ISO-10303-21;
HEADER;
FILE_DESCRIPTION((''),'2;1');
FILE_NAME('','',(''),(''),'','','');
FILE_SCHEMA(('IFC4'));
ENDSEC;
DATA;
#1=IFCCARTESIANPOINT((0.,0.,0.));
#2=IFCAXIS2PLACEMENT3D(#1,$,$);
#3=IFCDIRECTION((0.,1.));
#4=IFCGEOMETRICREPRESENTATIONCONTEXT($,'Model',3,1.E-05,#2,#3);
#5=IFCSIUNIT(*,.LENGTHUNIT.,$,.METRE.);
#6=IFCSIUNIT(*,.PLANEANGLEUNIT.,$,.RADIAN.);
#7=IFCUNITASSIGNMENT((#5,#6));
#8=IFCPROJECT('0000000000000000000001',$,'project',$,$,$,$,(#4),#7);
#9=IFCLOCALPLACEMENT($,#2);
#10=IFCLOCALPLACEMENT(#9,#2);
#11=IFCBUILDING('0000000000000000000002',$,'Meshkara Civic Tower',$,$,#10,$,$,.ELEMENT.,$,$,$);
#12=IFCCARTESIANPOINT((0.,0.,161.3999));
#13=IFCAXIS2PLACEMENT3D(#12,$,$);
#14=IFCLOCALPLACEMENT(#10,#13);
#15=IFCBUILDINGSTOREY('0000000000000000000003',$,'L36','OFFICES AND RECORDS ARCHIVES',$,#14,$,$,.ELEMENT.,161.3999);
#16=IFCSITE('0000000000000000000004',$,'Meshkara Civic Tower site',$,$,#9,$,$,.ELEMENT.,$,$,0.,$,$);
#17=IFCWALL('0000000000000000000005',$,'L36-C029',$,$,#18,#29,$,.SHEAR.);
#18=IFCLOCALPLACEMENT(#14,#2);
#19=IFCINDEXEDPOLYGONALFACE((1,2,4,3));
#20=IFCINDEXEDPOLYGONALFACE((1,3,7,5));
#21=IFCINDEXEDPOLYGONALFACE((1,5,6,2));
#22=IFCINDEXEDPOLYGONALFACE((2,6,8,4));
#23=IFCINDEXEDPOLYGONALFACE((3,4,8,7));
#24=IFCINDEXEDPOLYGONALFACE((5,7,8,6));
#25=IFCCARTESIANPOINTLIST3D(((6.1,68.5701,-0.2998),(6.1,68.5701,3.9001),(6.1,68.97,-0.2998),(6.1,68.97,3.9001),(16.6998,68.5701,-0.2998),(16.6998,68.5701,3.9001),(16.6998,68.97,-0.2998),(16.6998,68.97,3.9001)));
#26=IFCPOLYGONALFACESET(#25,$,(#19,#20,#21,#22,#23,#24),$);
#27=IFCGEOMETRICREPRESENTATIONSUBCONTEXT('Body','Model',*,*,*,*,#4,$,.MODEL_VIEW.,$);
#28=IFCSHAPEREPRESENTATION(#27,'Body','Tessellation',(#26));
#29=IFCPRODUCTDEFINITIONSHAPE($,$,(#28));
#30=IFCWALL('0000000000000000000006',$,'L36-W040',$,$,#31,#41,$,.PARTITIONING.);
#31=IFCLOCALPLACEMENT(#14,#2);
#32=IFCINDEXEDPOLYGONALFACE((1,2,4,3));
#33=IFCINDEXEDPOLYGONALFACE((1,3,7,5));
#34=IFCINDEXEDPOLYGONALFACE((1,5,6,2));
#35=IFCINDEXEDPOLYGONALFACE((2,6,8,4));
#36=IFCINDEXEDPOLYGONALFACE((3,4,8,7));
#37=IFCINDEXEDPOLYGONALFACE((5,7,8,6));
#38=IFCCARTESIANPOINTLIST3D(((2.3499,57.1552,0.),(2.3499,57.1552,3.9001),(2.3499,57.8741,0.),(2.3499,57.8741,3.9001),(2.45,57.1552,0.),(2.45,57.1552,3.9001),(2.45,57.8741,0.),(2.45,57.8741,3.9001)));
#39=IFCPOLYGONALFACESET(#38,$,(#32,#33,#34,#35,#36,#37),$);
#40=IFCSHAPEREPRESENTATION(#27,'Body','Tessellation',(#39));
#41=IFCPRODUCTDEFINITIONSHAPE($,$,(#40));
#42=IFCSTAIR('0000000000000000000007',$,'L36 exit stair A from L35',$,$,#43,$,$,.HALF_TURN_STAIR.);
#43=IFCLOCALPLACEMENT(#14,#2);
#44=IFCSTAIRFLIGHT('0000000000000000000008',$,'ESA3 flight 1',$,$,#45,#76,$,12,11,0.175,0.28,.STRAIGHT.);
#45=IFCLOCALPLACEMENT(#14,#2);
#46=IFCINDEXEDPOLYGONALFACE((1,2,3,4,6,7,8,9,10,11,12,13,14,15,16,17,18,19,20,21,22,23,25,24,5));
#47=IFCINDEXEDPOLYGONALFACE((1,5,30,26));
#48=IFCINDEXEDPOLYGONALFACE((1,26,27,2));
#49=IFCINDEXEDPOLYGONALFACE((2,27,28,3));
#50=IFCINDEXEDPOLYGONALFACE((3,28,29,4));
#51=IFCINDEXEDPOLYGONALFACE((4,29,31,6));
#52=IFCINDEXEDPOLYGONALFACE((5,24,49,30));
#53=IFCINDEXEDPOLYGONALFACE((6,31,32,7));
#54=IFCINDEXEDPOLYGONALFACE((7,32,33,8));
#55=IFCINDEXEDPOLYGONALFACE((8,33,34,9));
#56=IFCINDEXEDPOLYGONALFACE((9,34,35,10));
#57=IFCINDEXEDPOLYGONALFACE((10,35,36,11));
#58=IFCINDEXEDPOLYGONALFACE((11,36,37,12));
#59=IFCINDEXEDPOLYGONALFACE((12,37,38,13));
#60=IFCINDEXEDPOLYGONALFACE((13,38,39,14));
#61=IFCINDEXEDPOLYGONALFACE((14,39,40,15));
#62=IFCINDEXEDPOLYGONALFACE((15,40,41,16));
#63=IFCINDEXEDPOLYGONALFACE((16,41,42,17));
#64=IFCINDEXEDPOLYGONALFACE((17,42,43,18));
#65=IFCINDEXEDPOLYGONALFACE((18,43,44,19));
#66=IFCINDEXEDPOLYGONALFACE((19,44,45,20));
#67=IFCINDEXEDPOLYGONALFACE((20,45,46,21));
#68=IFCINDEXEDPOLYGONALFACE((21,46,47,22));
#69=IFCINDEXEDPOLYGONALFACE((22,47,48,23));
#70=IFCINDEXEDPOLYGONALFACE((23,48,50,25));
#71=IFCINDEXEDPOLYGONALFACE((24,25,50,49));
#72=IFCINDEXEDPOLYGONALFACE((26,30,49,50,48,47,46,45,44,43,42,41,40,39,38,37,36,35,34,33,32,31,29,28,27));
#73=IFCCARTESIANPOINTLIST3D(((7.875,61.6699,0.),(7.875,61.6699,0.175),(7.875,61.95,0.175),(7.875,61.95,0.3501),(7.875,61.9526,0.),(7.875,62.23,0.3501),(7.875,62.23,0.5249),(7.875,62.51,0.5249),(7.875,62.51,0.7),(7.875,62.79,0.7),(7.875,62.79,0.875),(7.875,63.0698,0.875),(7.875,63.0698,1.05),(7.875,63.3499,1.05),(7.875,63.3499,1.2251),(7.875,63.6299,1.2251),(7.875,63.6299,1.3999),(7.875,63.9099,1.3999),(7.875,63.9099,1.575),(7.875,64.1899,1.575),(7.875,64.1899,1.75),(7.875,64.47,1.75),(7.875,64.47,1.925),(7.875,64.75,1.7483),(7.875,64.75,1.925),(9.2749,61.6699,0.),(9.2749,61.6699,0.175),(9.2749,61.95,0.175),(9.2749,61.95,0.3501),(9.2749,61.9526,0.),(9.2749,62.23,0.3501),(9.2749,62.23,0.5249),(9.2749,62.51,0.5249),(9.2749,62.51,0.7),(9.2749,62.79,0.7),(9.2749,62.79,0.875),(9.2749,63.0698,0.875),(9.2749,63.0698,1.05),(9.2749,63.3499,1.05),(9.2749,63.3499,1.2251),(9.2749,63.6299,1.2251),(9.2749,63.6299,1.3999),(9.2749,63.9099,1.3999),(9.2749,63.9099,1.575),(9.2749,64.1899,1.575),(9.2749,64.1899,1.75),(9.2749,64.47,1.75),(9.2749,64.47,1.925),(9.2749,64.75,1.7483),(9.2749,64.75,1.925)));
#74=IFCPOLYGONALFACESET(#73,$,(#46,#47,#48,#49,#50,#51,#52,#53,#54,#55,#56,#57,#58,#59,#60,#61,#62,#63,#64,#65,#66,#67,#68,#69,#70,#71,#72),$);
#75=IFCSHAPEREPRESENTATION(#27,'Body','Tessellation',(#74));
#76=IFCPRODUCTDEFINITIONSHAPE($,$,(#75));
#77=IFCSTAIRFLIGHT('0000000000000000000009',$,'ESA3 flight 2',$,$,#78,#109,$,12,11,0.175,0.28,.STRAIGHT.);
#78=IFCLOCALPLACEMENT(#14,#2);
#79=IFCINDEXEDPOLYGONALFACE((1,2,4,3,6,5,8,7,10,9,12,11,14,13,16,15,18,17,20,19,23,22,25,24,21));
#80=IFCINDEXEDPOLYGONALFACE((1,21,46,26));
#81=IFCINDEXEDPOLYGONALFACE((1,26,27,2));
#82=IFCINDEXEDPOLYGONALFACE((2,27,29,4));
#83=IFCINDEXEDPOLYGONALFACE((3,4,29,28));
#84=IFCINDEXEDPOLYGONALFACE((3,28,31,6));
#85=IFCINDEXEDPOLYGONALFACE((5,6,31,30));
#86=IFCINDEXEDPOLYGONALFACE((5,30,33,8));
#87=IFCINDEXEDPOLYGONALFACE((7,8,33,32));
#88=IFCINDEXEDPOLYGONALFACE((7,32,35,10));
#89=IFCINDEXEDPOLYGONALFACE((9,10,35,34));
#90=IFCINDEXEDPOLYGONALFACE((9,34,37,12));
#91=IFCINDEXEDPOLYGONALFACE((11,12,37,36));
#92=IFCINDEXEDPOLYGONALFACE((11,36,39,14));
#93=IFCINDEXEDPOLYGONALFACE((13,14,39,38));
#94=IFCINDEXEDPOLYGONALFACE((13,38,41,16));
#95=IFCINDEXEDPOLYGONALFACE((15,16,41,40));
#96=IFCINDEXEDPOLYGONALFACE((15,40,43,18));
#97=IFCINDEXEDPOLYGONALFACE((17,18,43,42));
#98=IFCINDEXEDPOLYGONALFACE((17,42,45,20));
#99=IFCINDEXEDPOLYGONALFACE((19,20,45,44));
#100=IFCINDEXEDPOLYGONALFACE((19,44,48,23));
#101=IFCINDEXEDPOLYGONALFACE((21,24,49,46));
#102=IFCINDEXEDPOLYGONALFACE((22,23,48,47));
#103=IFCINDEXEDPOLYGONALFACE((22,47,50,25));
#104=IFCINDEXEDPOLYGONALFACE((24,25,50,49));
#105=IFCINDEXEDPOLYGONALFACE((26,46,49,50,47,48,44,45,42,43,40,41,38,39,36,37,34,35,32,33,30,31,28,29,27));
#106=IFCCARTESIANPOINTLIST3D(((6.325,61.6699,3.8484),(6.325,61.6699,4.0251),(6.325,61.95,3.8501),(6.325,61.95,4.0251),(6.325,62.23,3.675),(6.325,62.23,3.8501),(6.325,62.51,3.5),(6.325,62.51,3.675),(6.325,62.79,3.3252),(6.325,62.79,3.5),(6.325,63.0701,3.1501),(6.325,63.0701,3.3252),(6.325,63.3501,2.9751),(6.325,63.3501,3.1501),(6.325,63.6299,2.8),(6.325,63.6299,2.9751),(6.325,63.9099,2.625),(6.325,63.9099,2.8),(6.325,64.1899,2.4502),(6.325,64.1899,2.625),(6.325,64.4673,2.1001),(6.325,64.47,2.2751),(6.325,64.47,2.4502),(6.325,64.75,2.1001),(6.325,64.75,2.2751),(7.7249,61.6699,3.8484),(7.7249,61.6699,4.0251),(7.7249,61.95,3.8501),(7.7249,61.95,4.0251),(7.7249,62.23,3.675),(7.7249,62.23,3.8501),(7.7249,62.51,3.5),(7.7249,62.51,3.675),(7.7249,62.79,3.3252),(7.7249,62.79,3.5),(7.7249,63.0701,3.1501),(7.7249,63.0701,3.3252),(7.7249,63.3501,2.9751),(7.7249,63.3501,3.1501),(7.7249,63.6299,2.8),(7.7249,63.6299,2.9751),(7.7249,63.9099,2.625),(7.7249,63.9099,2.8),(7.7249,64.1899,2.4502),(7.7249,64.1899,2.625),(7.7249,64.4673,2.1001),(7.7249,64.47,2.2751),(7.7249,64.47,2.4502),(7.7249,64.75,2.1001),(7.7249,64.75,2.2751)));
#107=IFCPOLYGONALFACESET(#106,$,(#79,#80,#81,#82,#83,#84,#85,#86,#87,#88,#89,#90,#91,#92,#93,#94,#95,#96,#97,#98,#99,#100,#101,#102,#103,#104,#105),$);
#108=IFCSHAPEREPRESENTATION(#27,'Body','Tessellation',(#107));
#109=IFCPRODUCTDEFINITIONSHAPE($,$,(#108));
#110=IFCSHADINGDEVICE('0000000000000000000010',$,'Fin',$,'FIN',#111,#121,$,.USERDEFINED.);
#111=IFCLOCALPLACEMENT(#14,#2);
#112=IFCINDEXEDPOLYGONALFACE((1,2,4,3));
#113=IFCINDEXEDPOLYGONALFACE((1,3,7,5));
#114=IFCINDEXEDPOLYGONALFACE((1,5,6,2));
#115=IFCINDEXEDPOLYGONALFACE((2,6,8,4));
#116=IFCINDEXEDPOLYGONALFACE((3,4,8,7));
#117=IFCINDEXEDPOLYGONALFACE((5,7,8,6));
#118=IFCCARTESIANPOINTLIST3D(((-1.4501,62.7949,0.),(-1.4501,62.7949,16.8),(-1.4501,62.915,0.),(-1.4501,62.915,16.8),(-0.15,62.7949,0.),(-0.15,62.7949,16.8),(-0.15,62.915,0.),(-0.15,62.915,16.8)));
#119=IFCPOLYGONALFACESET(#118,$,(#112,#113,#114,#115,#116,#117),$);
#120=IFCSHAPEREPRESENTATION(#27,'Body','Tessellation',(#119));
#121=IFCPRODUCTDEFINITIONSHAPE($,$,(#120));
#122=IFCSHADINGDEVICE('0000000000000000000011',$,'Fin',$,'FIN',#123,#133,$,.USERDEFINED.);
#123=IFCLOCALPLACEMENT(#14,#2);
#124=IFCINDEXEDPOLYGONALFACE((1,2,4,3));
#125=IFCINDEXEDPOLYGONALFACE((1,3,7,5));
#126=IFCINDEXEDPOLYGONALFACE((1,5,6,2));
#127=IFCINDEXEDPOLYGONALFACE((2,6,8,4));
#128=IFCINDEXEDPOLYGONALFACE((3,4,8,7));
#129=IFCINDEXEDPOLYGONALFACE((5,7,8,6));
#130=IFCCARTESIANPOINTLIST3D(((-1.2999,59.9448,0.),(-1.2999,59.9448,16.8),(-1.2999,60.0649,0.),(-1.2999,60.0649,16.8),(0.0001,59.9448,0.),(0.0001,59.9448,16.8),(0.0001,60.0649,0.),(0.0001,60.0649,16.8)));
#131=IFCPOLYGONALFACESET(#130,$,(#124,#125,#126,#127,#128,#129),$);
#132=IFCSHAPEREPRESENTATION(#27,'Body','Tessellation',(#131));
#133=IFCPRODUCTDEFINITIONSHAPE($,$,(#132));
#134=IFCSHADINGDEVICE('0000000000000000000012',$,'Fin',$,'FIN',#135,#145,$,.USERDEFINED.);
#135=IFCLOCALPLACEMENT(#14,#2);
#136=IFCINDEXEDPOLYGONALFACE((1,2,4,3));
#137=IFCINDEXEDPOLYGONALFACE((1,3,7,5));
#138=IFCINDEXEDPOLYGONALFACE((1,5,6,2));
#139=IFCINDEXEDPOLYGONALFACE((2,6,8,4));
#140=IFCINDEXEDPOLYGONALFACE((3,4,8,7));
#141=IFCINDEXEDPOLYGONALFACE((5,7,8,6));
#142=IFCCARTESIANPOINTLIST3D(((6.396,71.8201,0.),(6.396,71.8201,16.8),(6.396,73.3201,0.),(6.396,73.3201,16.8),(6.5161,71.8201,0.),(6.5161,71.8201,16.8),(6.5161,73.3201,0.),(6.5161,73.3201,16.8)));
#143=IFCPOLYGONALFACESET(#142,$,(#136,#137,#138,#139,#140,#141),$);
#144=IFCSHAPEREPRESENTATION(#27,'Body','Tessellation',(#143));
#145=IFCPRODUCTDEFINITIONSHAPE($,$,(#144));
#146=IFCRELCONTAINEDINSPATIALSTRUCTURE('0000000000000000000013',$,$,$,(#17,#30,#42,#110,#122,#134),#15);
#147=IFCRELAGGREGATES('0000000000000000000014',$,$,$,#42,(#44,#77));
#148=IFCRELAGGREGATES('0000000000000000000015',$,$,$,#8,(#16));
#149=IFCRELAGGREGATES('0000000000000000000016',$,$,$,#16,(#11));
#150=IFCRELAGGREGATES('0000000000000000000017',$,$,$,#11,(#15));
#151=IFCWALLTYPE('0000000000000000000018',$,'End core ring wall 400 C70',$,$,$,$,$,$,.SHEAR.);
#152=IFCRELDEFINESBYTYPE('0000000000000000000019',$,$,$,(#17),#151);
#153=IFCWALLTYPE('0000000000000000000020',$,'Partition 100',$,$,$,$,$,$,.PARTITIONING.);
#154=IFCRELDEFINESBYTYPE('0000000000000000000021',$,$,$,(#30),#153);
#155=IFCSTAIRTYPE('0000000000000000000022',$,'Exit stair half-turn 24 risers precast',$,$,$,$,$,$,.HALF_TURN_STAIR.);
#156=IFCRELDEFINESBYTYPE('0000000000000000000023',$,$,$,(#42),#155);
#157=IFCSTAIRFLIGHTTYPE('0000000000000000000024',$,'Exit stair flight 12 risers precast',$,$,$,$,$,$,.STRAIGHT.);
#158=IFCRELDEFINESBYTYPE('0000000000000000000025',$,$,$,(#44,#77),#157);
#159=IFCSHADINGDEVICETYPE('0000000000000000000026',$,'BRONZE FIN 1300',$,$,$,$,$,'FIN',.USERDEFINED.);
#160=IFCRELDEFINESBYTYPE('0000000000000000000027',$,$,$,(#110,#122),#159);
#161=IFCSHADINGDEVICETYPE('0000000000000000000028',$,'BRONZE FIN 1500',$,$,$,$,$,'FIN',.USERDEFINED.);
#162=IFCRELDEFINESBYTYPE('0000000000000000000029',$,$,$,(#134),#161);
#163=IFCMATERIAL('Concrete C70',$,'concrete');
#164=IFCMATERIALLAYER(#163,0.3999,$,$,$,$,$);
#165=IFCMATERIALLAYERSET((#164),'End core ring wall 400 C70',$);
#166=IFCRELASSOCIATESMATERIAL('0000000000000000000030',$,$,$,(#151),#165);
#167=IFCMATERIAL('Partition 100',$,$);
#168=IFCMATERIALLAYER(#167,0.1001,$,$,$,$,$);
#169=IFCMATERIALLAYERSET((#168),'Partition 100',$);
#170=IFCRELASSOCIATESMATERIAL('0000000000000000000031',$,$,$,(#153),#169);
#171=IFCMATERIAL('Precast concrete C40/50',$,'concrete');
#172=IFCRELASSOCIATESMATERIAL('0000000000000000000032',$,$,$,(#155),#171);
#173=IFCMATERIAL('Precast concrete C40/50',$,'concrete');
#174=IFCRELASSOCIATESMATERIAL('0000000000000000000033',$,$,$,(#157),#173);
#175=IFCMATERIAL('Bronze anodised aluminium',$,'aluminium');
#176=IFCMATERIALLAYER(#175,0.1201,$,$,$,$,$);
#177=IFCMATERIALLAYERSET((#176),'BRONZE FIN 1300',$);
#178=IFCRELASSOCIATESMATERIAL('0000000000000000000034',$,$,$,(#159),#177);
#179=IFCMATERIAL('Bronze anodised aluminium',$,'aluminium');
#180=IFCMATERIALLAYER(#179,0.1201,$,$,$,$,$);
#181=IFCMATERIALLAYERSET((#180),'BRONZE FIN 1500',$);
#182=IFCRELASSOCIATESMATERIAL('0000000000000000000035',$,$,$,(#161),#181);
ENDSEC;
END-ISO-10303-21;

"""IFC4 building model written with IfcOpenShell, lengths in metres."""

from ifc_helpers import new_model, si_unit, direction, frame, frame_2d, origin, origin_2d, place, context, subcontext, project, spatial, polyline, rectangle, outline, extrude, material, layer, layer_set, type_object, element, aggregate, save


model = new_model("IFC4")

# Units and contexts
model_context = context("Model", 3, precision=1e-05, world=origin(), true_north=direction((0.0, 1.0)))
body_context = subcontext(model_context, "Body", "Model", "MODEL_VIEW")
ifc_project = project(units=[si_unit("LENGTHUNIT", "METRE"), si_unit("PLANEANGLEUNIT", "RADIAN")], contexts=[model_context])

# Site, building, storey
site_placement = place(None, origin())
site = spatial("IfcSite", under=ifc_project, at=site_placement, Name="Meshkara Civic Tower site", CompositionType="ELEMENT", RefElevation=0.0)
building_placement = place(site_placement, origin())
building = spatial("IfcBuilding", under=site, at=building_placement, Name="Meshkara Civic Tower", CompositionType="ELEMENT")
storey_placement = place(building_placement, frame((0.0, 0.0, 161.3999)))
storey = spatial("IfcBuildingStorey", under=building, at=storey_placement, Name="L36", Description="OFFICES AND RECORDS ARCHIVES", CompositionType="ELEMENT", Elevation=161.3999)

# Shared definitions
ifc_material_1 = material(Name="Concrete C70", Category="concrete")
ifc_layer_1 = layer(ifc_material_1, 0.3999)
ifc_layer_set_1 = layer_set([ifc_layer_1], Name="End core ring wall 400 C70")
wall_type_1 = type_object("IfcWallType", Name="End core ring wall 400 C70", PredefinedType="SHEAR", material=ifc_layer_set_1)

# Walls
wall_1_placement = place(storey_placement, frame((6.1001, 68.77, -0.2998), z_axis=(0.0, 0.0, 1.0), x_axis=(1.0, 0.0, 0.0)))
element("IfcWall", 1, at=wall_1_placement, inside=storey, type_object=wall_type_1, Name="L36-C029", PredefinedType="SHEAR", context=body_context, shape_type="SweptSolid", body=[
    extrude(rectangle(XDim=10.5999, YDim=0.3999, at=frame_2d((5.2998, 0.0))), origin(), (0.0, 0.0, 1.0), 4.2),
])
ifc_material_2 = material(Name="Partition 100")
ifc_layer_2 = layer(ifc_material_2, 0.1001)
ifc_layer_set_2 = layer_set([ifc_layer_2], Name="Partition 100")
wall_type_2 = type_object("IfcWallType", Name="Partition 100", PredefinedType="PARTITIONING", material=ifc_layer_set_2)
wall_2_placement = place(storey_placement, frame((2.3999, 57.874, 0.0), z_axis=(0.0, 0.0, 1.0), x_axis=(0.0, -1.0, 0.0)))
element("IfcWall", 2, at=wall_2_placement, inside=storey, type_object=wall_type_2, Name="L36-W040", PredefinedType="PARTITIONING", context=body_context, shape_type="SweptSolid", body=[
    extrude(rectangle(XDim=0.719, YDim=0.1001, at=frame_2d((0.3594, 0.0))), origin(), (0.0, 0.0, 1.0), 3.9001),
])

# Stair, stair flights
ifc_material_3 = material(Name="Precast concrete C40/50", Category="concrete")
stair_type = type_object("IfcStairType", Name="Exit stair half-turn 24 risers precast", PredefinedType="HALF_TURN_STAIR", material=ifc_material_3)
stair_placement = place(storey_placement, origin())
stair = element("IfcStair", 3, at=stair_placement, inside=storey, type_object=stair_type, Name="L36 exit stair A from L35", PredefinedType="HALF_TURN_STAIR")
ifc_material_4 = material(Name="Precast concrete C40/50", Category="concrete")
stair_flight_type = type_object("IfcStairFlightType", Name="Exit stair flight 12 risers precast", PredefinedType="STRAIGHT", material=ifc_material_4)
stair_flight_1_placement = place(storey_placement, frame((8.575, 61.6699, 0.0), z_axis=(0.0, 0.0, 1.0), x_axis=(0.0, 1.0, 0.0)))
stair_flight_1 = element("IfcStairFlight", 4, at=stair_flight_1_placement, type_object=stair_flight_type, Name="ESA3 flight 1", NumberOfRisers=12, NumberOfTreads=11, PredefinedType="STRAIGHT", RiserHeight=0.175, TreadLength=0.28, context=body_context, shape_type="SweptSolid", body=[
    extrude(outline(polyline([(0.0, 0.0), (0.0, 0.175), (0.28, 0.175), (0.28, 0.3501), (0.5601, 0.3501), (0.5601, 0.5249), (0.8401, 0.5249), (0.8401, 0.7), (1.1201, 0.7), (1.1201, 0.875), (1.3999, 0.875), (1.3999, 1.05), (1.6799, 1.05), (1.6799, 1.2251), (1.96, 1.2251), (1.96, 1.3999), (2.24, 1.3999), (2.24, 1.575), (2.52, 1.575), (2.52, 1.75), (2.8, 1.75), (2.8, 1.925), (3.0801, 1.925), (3.0801, 2.1001), (3.0801, 1.7483), (0.2827, 0.0), (0.0, 0.0)])), frame((0.0, 0.7, 0.0), z_axis=(0.0, -1.0, 0.0), x_axis=(1.0, 0.0, 0.0)), (0.0, 0.0, 1.0), 1.3999),
])
stair_flight_2_placement = place(storey_placement, frame((7.0249, 64.75, 2.1001), z_axis=(0.0, 0.0, 1.0), x_axis=(0.0, -1.0, 0.0)))
stair_flight_2 = element("IfcStairFlight", 5, at=stair_flight_2_placement, type_object=stair_flight_type, Name="ESA3 flight 2", NumberOfRisers=12, NumberOfTreads=11, PredefinedType="STRAIGHT", RiserHeight=0.175, TreadLength=0.28, context=body_context, shape_type="SweptSolid", body=[
    extrude(outline(polyline([(0.0, 0.0), (0.0, 0.175), (0.28, 0.175), (0.28, 0.3501), (0.5601, 0.3501), (0.5601, 0.5249), (0.8401, 0.5249), (0.8401, 0.7), (1.1201, 0.7), (1.1201, 0.875), (1.3999, 0.875), (1.3999, 1.05), (1.6799, 1.05), (1.6799, 1.2251), (1.96, 1.2251), (1.96, 1.3999), (2.24, 1.3999), (2.24, 1.575), (2.52, 1.575), (2.52, 1.75), (2.8, 1.75), (2.8, 1.925), (3.0801, 1.925), (3.0801, 2.1001), (3.0801, 1.7483), (0.2827, 0.0), (0.0, 0.0)])), frame((0.0, 0.7, 0.0), z_axis=(0.0, -1.0, 0.0), x_axis=(1.0, 0.0, 0.0)), (0.0, 0.0, 1.0), 1.3999),
])
aggregate(stair, [stair_flight_1, stair_flight_2])

# Shading devices
ifc_material_5 = material(Name="Bronze anodised aluminium", Category="aluminium")
ifc_layer_3 = layer(ifc_material_5, 0.1201)
ifc_layer_set_3 = layer_set([ifc_layer_3], Name="BRONZE FIN 1300")
shading_device_type_1 = type_object("IfcShadingDeviceType", Name="BRONZE FIN 1300", ElementType="FIN", PredefinedType="USERDEFINED", material=ifc_layer_set_3)
for number, where, z_axis, x_axis, name in (
    (6, (-0.8, 62.855, 0.0), (0.0, 0.0, 1.0), (0.0, -1.0, 0.0), "Fin"),
    (7, (-0.6499, 60.0049, 0.0), (0.0, 0.0, 1.0), (0.0, -1.0, 0.0), "Fin"),
):
    element("IfcShadingDevice", number, at=place(storey_placement, frame(where, z_axis=z_axis, x_axis=x_axis)), inside=storey, type_object=shading_device_type_1, Name=name, ObjectType="FIN", PredefinedType="USERDEFINED", context=body_context, shape_type="SweptSolid", body=[
        extrude(rectangle(XDim=0.1201, YDim=1.3, at=origin_2d()), origin(), (0.0, 0.0, 1.0), 16.8),
    ])
ifc_material_6 = material(Name="Bronze anodised aluminium", Category="aluminium")
ifc_layer_4 = layer(ifc_material_6, 0.1201)
ifc_layer_set_4 = layer_set([ifc_layer_4], Name="BRONZE FIN 1500")
shading_device_type_2 = type_object("IfcShadingDeviceType", Name="BRONZE FIN 1500", ElementType="FIN", PredefinedType="USERDEFINED", material=ifc_layer_set_4)
shading_device_placement = place(storey_placement, frame((6.4561, 72.5701, 0.0), z_axis=(0.0, 0.0, 1.0), x_axis=(-1.0, 0.0, 0.0)))
element("IfcShadingDevice", 8, at=shading_device_placement, inside=storey, type_object=shading_device_type_2, Name="Fin", ObjectType="FIN", PredefinedType="USERDEFINED", context=body_context, shape_type="SweptSolid", body=[
    extrude(rectangle(XDim=0.1201, YDim=1.5, at=origin_2d()), origin(), (0.0, 0.0, 1.0), 16.8),
])

save(model, "model.ifc")
